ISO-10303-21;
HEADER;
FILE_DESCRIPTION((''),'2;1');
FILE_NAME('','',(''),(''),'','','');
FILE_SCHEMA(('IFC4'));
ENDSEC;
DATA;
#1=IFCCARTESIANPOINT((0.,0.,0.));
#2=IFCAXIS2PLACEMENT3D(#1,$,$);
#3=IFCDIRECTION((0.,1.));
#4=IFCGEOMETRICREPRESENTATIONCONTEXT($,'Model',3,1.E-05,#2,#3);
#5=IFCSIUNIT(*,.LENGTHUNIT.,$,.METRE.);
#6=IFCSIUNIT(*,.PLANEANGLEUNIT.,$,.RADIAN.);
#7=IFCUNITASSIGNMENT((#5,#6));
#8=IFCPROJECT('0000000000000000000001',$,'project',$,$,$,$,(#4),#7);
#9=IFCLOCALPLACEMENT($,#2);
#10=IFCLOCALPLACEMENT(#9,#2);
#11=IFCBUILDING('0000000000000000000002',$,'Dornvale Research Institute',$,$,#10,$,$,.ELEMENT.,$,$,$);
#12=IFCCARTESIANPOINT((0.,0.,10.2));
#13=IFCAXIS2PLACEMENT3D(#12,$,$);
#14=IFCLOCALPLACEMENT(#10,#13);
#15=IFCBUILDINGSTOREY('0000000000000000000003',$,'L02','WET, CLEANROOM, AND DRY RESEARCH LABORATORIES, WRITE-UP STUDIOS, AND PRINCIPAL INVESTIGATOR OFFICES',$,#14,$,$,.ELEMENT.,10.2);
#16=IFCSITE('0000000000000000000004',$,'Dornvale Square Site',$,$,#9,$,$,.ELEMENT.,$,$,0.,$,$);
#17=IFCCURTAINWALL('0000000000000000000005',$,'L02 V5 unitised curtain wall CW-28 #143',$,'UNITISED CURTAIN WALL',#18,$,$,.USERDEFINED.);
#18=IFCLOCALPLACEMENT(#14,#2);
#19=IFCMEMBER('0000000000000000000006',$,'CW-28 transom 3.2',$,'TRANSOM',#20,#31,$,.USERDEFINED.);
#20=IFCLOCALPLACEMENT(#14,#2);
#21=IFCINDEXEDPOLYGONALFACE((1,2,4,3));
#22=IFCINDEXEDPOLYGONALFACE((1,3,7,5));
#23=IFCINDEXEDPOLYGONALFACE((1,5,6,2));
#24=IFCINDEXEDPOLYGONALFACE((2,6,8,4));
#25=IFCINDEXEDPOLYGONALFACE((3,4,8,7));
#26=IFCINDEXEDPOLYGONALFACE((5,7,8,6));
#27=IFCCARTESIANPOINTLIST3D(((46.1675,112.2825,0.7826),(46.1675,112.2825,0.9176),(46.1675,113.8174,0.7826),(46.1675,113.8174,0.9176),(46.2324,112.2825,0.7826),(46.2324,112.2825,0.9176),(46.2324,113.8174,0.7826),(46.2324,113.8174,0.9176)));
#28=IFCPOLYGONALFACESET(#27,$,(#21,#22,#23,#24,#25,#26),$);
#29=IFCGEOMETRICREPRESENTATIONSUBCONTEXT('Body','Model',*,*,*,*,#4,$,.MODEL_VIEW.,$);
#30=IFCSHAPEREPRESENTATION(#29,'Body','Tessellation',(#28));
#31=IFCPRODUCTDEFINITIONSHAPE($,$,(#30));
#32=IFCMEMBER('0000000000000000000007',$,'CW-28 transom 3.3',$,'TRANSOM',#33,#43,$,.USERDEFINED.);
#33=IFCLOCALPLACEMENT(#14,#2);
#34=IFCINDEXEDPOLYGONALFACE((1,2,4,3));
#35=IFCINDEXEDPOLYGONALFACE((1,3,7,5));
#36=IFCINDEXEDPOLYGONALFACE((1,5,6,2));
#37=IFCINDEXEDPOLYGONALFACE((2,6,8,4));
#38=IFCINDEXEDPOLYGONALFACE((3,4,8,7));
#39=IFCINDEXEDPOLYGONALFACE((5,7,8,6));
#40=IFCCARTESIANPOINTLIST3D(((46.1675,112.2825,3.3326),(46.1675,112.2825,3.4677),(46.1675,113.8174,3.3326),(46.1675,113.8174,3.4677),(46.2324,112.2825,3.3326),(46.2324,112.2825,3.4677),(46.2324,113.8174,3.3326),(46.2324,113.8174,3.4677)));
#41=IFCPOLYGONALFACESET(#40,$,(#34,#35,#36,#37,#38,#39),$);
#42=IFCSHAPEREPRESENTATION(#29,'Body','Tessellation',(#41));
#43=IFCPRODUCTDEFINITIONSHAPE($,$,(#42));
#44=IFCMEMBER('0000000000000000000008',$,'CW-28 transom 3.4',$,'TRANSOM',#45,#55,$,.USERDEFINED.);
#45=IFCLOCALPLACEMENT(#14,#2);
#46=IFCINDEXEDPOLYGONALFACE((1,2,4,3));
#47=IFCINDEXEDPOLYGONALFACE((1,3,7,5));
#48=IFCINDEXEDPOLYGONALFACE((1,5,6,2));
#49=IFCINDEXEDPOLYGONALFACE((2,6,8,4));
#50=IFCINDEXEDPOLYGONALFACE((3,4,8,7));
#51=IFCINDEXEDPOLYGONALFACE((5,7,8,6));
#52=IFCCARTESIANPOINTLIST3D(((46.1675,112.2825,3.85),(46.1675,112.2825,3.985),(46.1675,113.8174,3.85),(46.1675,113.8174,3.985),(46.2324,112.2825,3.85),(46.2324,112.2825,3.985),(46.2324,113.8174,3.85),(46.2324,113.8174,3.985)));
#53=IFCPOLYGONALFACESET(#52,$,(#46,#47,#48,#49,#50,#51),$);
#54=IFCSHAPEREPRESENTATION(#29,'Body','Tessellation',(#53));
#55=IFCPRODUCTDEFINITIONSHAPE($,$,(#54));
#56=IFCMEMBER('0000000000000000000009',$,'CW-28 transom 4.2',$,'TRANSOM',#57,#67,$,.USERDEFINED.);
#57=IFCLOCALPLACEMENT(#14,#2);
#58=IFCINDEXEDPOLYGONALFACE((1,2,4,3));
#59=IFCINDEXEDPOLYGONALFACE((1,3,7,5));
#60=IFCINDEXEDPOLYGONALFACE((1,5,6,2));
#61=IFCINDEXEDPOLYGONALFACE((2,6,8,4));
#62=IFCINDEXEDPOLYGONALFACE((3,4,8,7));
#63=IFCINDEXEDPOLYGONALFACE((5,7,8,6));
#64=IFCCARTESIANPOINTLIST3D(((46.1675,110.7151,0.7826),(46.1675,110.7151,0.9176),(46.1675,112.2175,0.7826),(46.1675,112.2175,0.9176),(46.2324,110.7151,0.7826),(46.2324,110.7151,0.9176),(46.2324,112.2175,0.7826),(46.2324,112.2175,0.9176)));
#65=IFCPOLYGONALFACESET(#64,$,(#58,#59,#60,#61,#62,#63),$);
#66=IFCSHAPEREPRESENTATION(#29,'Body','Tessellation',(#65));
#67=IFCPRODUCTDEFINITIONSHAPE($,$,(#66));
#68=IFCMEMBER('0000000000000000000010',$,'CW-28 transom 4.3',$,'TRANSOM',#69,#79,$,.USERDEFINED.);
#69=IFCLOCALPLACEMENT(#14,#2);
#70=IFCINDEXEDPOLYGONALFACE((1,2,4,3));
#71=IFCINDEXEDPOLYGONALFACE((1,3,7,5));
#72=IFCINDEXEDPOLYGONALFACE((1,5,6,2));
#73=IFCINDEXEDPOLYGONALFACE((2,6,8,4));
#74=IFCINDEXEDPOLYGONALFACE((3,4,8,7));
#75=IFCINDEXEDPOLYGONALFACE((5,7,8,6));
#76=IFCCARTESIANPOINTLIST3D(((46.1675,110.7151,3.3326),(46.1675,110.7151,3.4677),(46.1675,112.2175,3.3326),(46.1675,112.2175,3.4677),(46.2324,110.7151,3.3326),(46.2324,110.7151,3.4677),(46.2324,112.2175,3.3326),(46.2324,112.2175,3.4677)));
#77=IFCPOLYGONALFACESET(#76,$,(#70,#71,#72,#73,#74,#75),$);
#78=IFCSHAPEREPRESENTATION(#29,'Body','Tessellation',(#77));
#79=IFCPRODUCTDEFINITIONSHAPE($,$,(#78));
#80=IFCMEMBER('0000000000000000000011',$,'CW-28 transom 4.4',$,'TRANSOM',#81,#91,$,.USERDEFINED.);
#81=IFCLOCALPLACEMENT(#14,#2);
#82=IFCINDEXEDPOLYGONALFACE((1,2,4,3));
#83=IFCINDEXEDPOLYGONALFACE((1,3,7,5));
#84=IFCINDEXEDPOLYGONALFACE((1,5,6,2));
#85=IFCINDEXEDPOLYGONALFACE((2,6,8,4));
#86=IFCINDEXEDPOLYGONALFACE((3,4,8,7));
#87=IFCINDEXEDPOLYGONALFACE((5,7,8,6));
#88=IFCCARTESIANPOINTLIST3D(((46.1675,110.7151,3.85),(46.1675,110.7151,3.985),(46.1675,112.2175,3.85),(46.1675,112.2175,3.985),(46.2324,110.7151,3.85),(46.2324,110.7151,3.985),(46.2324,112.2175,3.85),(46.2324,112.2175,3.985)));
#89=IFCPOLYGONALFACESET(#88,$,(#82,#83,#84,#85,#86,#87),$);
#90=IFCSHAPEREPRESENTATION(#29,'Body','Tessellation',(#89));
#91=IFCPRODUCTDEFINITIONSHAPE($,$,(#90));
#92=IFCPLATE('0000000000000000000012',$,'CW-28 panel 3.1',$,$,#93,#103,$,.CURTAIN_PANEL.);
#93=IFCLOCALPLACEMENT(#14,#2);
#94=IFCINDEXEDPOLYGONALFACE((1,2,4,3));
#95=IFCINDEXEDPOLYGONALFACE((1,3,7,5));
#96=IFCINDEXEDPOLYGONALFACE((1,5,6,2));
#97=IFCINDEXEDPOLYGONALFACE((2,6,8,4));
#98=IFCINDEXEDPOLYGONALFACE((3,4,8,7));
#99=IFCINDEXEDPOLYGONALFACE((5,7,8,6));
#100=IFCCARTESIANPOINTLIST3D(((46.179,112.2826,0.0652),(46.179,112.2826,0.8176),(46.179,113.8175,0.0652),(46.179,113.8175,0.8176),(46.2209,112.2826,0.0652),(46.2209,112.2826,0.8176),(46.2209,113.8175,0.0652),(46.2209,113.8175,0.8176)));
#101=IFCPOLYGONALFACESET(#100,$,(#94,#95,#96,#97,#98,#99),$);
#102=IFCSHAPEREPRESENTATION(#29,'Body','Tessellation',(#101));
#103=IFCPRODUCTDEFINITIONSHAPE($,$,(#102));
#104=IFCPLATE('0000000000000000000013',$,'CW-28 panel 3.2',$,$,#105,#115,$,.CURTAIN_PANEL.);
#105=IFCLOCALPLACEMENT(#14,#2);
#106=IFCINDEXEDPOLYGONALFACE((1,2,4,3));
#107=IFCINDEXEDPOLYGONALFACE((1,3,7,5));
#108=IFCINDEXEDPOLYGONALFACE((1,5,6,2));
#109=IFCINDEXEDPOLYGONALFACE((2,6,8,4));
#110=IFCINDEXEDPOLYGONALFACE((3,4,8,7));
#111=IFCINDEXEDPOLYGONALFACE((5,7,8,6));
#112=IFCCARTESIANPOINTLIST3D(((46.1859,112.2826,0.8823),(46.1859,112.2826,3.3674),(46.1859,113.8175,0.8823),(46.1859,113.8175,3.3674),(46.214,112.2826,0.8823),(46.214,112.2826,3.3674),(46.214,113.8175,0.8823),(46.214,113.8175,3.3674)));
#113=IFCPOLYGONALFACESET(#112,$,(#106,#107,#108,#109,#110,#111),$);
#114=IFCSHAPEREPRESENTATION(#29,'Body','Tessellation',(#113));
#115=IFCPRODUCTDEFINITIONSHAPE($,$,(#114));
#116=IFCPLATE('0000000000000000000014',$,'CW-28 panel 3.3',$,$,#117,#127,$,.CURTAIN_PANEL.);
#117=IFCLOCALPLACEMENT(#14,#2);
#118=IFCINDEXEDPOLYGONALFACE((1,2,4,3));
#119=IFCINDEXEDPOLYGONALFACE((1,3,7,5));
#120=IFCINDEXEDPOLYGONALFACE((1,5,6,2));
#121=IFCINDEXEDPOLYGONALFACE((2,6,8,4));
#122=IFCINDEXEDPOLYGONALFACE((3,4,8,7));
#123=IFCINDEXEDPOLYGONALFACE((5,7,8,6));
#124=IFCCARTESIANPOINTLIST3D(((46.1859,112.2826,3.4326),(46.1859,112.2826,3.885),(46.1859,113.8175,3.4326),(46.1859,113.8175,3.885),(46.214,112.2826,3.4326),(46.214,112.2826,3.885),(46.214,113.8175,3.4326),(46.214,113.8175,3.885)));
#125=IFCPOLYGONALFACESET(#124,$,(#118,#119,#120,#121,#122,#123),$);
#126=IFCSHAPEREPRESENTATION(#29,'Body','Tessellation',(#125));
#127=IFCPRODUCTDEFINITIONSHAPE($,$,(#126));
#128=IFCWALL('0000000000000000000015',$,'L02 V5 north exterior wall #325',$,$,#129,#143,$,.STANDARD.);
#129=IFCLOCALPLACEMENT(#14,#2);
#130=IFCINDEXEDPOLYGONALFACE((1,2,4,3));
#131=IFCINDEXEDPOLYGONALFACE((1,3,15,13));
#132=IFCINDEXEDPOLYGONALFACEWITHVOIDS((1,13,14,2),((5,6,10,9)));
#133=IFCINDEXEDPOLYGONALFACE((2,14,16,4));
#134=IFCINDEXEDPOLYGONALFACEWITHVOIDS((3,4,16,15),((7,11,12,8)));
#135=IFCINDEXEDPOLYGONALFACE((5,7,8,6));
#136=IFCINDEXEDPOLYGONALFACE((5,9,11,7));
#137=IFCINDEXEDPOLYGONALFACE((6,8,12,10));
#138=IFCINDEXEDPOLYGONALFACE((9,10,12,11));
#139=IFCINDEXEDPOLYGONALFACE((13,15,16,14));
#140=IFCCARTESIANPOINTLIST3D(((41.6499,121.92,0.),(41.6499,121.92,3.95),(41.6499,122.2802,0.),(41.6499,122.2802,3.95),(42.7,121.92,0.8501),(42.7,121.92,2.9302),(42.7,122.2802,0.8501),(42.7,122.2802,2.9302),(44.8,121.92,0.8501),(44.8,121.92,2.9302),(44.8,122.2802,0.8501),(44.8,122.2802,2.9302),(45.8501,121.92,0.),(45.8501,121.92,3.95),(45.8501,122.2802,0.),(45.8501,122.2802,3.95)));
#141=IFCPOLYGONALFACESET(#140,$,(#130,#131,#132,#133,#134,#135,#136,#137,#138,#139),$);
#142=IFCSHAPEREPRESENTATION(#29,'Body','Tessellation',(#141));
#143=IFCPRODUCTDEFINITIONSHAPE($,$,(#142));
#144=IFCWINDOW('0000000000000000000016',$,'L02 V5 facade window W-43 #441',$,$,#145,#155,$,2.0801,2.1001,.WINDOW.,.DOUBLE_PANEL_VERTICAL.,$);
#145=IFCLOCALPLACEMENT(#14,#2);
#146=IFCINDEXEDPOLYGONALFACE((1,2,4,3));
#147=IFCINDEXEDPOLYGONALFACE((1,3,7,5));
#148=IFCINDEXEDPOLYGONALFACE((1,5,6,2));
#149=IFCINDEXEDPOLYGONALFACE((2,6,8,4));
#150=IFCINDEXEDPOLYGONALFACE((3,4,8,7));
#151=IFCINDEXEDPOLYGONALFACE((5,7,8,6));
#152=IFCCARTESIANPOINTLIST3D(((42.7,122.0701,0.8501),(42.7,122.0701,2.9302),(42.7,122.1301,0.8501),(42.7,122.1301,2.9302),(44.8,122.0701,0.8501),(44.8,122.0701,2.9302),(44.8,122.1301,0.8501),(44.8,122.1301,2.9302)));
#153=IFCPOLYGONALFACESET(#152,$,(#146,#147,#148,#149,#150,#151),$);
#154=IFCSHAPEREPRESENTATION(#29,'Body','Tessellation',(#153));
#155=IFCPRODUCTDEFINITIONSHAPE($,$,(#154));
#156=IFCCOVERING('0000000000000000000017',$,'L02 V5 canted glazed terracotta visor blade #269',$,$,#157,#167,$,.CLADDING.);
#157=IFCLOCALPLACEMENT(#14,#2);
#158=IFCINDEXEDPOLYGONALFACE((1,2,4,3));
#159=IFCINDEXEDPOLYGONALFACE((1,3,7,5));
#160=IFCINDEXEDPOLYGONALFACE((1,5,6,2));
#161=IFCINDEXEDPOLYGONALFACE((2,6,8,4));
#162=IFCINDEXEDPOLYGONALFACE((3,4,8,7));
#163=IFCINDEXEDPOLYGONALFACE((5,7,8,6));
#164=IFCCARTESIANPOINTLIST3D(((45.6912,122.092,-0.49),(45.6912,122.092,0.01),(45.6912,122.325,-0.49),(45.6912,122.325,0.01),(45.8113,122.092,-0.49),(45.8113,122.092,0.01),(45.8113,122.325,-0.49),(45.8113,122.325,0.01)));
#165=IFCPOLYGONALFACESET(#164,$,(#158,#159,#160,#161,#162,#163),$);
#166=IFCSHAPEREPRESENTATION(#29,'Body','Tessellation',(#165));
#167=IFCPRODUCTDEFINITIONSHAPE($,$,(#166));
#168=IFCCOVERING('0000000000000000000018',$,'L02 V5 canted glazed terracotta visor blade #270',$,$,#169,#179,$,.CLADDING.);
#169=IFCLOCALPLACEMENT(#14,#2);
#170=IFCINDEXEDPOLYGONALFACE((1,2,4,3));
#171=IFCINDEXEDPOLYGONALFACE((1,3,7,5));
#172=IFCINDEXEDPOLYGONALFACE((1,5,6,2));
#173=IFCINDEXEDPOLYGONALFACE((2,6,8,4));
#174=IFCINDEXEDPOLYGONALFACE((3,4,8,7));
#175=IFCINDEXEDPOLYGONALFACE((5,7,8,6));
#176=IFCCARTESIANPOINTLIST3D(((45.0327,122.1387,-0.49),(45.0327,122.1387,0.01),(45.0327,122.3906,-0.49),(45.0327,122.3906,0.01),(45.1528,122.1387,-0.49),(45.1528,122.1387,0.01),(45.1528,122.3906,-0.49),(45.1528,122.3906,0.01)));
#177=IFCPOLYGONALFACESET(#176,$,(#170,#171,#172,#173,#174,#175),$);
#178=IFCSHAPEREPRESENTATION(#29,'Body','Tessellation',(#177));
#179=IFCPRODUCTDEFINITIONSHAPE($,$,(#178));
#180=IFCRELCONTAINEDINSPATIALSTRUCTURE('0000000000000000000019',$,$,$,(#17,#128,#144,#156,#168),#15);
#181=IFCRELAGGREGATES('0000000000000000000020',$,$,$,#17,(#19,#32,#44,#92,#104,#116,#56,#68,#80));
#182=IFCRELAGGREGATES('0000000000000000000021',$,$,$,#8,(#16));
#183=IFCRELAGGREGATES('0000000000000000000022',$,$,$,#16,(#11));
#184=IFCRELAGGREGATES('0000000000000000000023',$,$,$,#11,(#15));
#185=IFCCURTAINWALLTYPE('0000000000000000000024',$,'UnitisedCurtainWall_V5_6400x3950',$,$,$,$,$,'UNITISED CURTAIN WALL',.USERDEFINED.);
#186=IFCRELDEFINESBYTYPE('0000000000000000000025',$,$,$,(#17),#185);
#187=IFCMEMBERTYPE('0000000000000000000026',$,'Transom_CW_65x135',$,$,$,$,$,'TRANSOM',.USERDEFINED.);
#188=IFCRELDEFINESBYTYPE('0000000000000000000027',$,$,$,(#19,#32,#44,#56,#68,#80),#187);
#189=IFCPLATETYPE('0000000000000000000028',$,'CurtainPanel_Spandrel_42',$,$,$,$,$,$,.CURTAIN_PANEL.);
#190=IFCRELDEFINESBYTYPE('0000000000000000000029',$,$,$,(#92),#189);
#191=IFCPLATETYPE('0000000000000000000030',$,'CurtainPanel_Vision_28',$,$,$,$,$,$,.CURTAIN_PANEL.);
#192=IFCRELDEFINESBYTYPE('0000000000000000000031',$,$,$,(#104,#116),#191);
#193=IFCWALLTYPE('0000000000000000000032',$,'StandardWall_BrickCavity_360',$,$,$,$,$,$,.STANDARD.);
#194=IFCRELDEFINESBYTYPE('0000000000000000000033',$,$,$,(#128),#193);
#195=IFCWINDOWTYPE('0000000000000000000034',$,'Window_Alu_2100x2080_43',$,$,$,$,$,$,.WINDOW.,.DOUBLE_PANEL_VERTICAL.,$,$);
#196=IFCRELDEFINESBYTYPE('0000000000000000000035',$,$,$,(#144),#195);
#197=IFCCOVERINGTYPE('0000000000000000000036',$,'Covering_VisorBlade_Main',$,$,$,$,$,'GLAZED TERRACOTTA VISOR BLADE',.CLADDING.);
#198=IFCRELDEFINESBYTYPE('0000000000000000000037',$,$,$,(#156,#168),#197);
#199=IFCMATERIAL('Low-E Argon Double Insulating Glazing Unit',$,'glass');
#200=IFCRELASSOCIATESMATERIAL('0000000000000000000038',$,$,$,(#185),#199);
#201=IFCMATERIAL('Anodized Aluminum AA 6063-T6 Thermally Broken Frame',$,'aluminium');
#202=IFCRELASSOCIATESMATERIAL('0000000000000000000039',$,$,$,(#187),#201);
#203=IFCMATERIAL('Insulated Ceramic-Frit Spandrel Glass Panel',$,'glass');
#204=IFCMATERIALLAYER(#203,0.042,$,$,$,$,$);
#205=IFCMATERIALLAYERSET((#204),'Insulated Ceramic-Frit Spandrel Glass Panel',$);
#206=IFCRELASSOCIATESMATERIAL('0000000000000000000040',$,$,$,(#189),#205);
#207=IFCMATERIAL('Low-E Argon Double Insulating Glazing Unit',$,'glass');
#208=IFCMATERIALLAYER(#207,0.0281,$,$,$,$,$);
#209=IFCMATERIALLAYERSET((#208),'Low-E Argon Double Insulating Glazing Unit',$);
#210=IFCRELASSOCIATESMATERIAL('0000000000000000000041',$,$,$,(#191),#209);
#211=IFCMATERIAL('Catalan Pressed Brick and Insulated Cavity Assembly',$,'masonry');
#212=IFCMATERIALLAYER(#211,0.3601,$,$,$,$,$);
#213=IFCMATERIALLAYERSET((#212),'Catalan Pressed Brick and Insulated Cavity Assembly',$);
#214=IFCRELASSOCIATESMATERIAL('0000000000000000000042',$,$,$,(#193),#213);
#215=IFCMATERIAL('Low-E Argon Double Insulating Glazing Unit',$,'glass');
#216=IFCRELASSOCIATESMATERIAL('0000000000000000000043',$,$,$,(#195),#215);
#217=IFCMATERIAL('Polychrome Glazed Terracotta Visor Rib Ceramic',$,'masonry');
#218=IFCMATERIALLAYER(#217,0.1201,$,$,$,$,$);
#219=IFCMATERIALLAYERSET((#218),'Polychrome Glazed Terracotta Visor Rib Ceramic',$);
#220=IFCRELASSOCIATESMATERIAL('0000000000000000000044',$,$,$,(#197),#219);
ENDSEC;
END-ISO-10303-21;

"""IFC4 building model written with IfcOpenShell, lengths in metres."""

from ifc_helpers import new_model, si_unit, direction, frame, frame_2d, origin, origin_2d, place, context, subcontext, project, spatial, rectangle, extrude, material, layer, layer_set, material_profile, profile_set, type_object, element, fill, aggregate, save


model = new_model("IFC4")

# Units and contexts
model_context = context("Model", 3, precision=1e-05, world=origin(), true_north=direction((0.0, 1.0)))
body_context = subcontext(model_context, "Body", "Model", "MODEL_VIEW")
ifc_project = project(units=[si_unit("LENGTHUNIT", "METRE"), si_unit("PLANEANGLEUNIT", "RADIAN")], contexts=[model_context])

# Site, building, storey
site_placement = place(None, origin())
site = spatial("IfcSite", under=ifc_project, at=site_placement, Name="Dornvale Square Site", CompositionType="ELEMENT", RefElevation=0.0)
building_placement = place(site_placement, origin())
building = spatial("IfcBuilding", under=site, at=building_placement, Name="Dornvale Research Institute", CompositionType="ELEMENT")
storey_placement = place(building_placement, frame((0.0, 0.0, 10.2)))
storey = spatial("IfcBuildingStorey", under=building, at=storey_placement, Name="L02", Description="WET, CLEANROOM, AND DRY RESEARCH LABORATORIES, WRITE-UP STUDIOS, AND PRINCIPAL INVESTIGATOR OFFICES", CompositionType="ELEMENT", Elevation=10.2)

# Curtain wall
ifc_material_1 = material(Name="Low-E Argon Double Insulating Glazing Unit", Category="glass")
curtain_wall_type = type_object("IfcCurtainWallType", Name="UnitisedCurtainWall_V5_6400x3950", ElementType="UNITISED CURTAIN WALL", PredefinedType="USERDEFINED", material=ifc_material_1)
curtain_wall_placement = place(storey_placement, origin())
curtain_wall = element("IfcCurtainWall", 1, at=curtain_wall_placement, inside=storey, type_object=curtain_wall_type, Name="L02 V5 unitised curtain wall CW-28 #143", ObjectType="UNITISED CURTAIN WALL", PredefinedType="USERDEFINED")

# Members
ifc_material_2 = material(Name="Anodized Aluminum AA 6063-T6 Thermally Broken Frame", Category="aluminium")
ifc_material_profile_1 = material_profile(ifc_material_2, rectangle(XDim=0.0649, YDim=0.135, at=origin_2d()), Name="ALU TRANSOM 65x135")
ifc_profile_set_1 = profile_set([ifc_material_profile_1], Name="Anodized Aluminum AA 6063-T6 Thermally Broken Frame")
member_type_1 = type_object("IfcMemberType", Name="Transom_CW_65x135", ElementType="TRANSOM", PredefinedType="USERDEFINED", material=ifc_profile_set_1)
member_1_placement = place(storey_placement, frame((46.2, 113.8174, 0.8501), z_axis=(0.0, -1.0, 0.0), x_axis=(1.0, 0.0, 0.0)))
member_1 = element("IfcMember", 2, at=member_1_placement, type_object=member_type_1, Name="CW-28 transom 3.2", ObjectType="TRANSOM", PredefinedType="USERDEFINED", context=body_context, shape_type="SweptSolid", body=[
    extrude(rectangle(XDim=0.0649, YDim=0.135, at=origin_2d()), origin(), (0.0, 0.0, 1.0), 1.5349),
])
member_2_placement = place(storey_placement, frame((46.2, 113.8174, 3.4001), z_axis=(0.0, -1.0, 0.0), x_axis=(1.0, 0.0, 0.0)))
member_2 = element("IfcMember", 3, at=member_2_placement, type_object=member_type_1, Name="CW-28 transom 3.3", ObjectType="TRANSOM", PredefinedType="USERDEFINED", context=body_context, shape_type="SweptSolid", body=[
    extrude(rectangle(XDim=0.0649, YDim=0.135, at=origin_2d()), origin(), (0.0, 0.0, 1.0), 1.5349),
])
member_3_placement = place(storey_placement, frame((46.2, 113.8174, 3.9175), z_axis=(0.0, -1.0, 0.0), x_axis=(1.0, 0.0, 0.0)))
member_3 = element("IfcMember", 4, at=member_3_placement, type_object=member_type_1, Name="CW-28 transom 3.4", ObjectType="TRANSOM", PredefinedType="USERDEFINED", context=body_context, shape_type="SweptSolid", body=[
    extrude(rectangle(XDim=0.0649, YDim=0.135, at=origin_2d()), origin(), (0.0, 0.0, 1.0), 1.5349),
])
member_4_placement = place(storey_placement, frame((46.2, 112.2175, 0.8501), z_axis=(0.0, -1.0, 0.0), x_axis=(1.0, 0.0, 0.0)))
member_4 = element("IfcMember", 5, at=member_4_placement, type_object=member_type_1, Name="CW-28 transom 4.2", ObjectType="TRANSOM", PredefinedType="USERDEFINED", context=body_context, shape_type="SweptSolid", body=[
    extrude(rectangle(XDim=0.0649, YDim=0.135, at=origin_2d()), origin(), (0.0, 0.0, 1.0), 1.5024),
])
member_5_placement = place(storey_placement, frame((46.2, 112.2175, 3.4001), z_axis=(0.0, -1.0, 0.0), x_axis=(1.0, 0.0, 0.0)))
member_5 = element("IfcMember", 6, at=member_5_placement, type_object=member_type_1, Name="CW-28 transom 4.3", ObjectType="TRANSOM", PredefinedType="USERDEFINED", context=body_context, shape_type="SweptSolid", body=[
    extrude(rectangle(XDim=0.0649, YDim=0.135, at=origin_2d()), origin(), (0.0, 0.0, 1.0), 1.5024),
])
member_6_placement = place(storey_placement, frame((46.2, 112.2175, 3.9175), z_axis=(0.0, -1.0, 0.0), x_axis=(1.0, 0.0, 0.0)))
member_6 = element("IfcMember", 7, at=member_6_placement, type_object=member_type_1, Name="CW-28 transom 4.4", ObjectType="TRANSOM", PredefinedType="USERDEFINED", context=body_context, shape_type="SweptSolid", body=[
    extrude(rectangle(XDim=0.0649, YDim=0.135, at=origin_2d()), origin(), (0.0, 0.0, 1.0), 1.5024),
])

# Plates
ifc_material_3 = material(Name="Insulated Ceramic-Frit Spandrel Glass Panel", Category="glass")
ifc_layer_1 = layer(ifc_material_3, 0.042)
ifc_layer_set_1 = layer_set([ifc_layer_1], Name="Insulated Ceramic-Frit Spandrel Glass Panel")
plate_type_1 = type_object("IfcPlateType", Name="CurtainPanel_Spandrel_42", PredefinedType="CURTAIN_PANEL", material=ifc_layer_set_1)
plate_1_placement = place(storey_placement, frame((46.2, 113.05, 0.0652), z_axis=(0.0, 0.0, 1.0), x_axis=(0.0, -1.0, 0.0)))
plate_1 = element("IfcPlate", 8, at=plate_1_placement, type_object=plate_type_1, Name="CW-28 panel 3.1", PredefinedType="CURTAIN_PANEL", context=body_context, shape_type="SweptSolid", body=[
    extrude(rectangle(XDim=1.5349, YDim=0.042, at=origin_2d()), origin(), (0.0, 0.0, 1.0), 0.7524),
])
ifc_material_4 = material(Name="Low-E Argon Double Insulating Glazing Unit", Category="glass")
ifc_layer_2 = layer(ifc_material_4, 0.0281)
ifc_layer_set_2 = layer_set([ifc_layer_2], Name="Low-E Argon Double Insulating Glazing Unit")
plate_type_2 = type_object("IfcPlateType", Name="CurtainPanel_Vision_28", PredefinedType="CURTAIN_PANEL", material=ifc_layer_set_2)
plate_2_placement = place(storey_placement, frame((46.2, 113.05, 0.8823), z_axis=(0.0, 0.0, 1.0), x_axis=(0.0, -1.0, 0.0)))
plate_2 = element("IfcPlate", 9, at=plate_2_placement, type_object=plate_type_2, Name="CW-28 panel 3.2", PredefinedType="CURTAIN_PANEL", context=body_context, shape_type="SweptSolid", body=[
    extrude(rectangle(XDim=1.5349, YDim=0.0281, at=origin_2d()), origin(), (0.0, 0.0, 1.0), 2.4851),
])
plate_3_placement = place(storey_placement, frame((46.2, 113.05, 3.4326), z_axis=(0.0, 0.0, 1.0), x_axis=(0.0, -1.0, 0.0)))
plate_3 = element("IfcPlate", 10, at=plate_3_placement, type_object=plate_type_2, Name="CW-28 panel 3.3", PredefinedType="CURTAIN_PANEL", context=body_context, shape_type="SweptSolid", body=[
    extrude(rectangle(XDim=1.5349, YDim=0.0281, at=origin_2d()), origin(), (0.0, 0.0, 1.0), 0.4524),
])
aggregate(curtain_wall, [member_1, member_2, member_3, plate_1, plate_2, plate_3, member_4, member_5, member_6])

# Wall, opening, window
ifc_material_5 = material(Name="Catalan Pressed Brick and Insulated Cavity Assembly", Category="masonry")
ifc_layer_3 = layer(ifc_material_5, 0.3601)
ifc_layer_set_3 = layer_set([ifc_layer_3], Name="Catalan Pressed Brick and Insulated Cavity Assembly")
wall_type = type_object("IfcWallType", Name="StandardWall_BrickCavity_360", PredefinedType="STANDARD", material=ifc_layer_set_3)
wall_placement = place(storey_placement, frame((41.6499, 122.1001, 0.0), z_axis=(0.0, 0.0, 1.0), x_axis=(1.0, 0.0, 0.0)))
wall = element("IfcWall", 11, at=wall_placement, inside=storey, type_object=wall_type, Name="L02 V5 north exterior wall #325", PredefinedType="STANDARD", context=body_context, shape_type="SweptSolid", body=[
    extrude(rectangle(XDim=4.2002, YDim=0.3601, at=frame_2d((2.1001, 0.0))), origin(), (0.0, 0.0, 1.0), 3.95),
])
opening_placement = place(wall_placement, frame((1.05, 0.0, 0.8501)))
opening = element("IfcOpeningElement", 12, at=opening_placement, cuts=wall, PredefinedType="OPENING", context=body_context, shape_type="SweptSolid", body=[
    extrude(rectangle(XDim=2.1001, YDim=2.0801, at=frame_2d((1.05, 1.04))), frame((0.0, 0.1951, 0.0), z_axis=(0.0, -1.0, 0.0), x_axis=(1.0, 0.0, 0.0)), (0.0, 0.0, 1.0), 0.3901),
])
ifc_material_6 = material(Name="Low-E Argon Double Insulating Glazing Unit", Category="glass")
window_type = type_object("IfcWindowType", Name="Window_Alu_2100x2080_43", PartitioningType="DOUBLE_PANEL_VERTICAL", PredefinedType="WINDOW", material=ifc_material_6)
window_placement = place(opening_placement, origin())
window = element("IfcWindow", 13, at=window_placement, inside=storey, type_object=window_type, Name="L02 V5 facade window W-43 #441", OverallHeight=2.0801, OverallWidth=2.1001, PartitioningType="DOUBLE_PANEL_VERTICAL", PredefinedType="WINDOW", context=body_context, shape_type="SweptSolid", body=[
    extrude(rectangle(XDim=2.1001, YDim=2.0801, at=frame_2d((1.05, 1.04))), frame((0.0, 0.03, 0.0), z_axis=(0.0, -1.0, 0.0), x_axis=(1.0, 0.0, 0.0)), (0.0, 0.0, 1.0), 0.0601),
])
fill(opening, window)

# Coverings
ifc_material_7 = material(Name="Polychrome Glazed Terracotta Visor Rib Ceramic", Category="masonry")
ifc_layer_4 = layer(ifc_material_7, 0.1201)
ifc_layer_set_4 = layer_set([ifc_layer_4], Name="Polychrome Glazed Terracotta Visor Rib Ceramic")
covering_type = type_object("IfcCoveringType", Name="Covering_VisorBlade_Main", ElementType="GLAZED TERRACOTTA VISOR BLADE", PredefinedType="CLADDING", material=ifc_layer_set_4)
covering_1_placement = place(storey_placement, frame((45.7512, 122.2085, -0.49), z_axis=(0.0, 0.0, 1.0), x_axis=(0.0, 1.0, 0.0)))
element("IfcCovering", 14, at=covering_1_placement, inside=storey, type_object=covering_type, Name="L02 V5 canted glazed terracotta visor blade #269", PredefinedType="CLADDING", context=body_context, shape_type="SweptSolid", body=[
    extrude(rectangle(XDim=0.2329, YDim=0.1201, at=origin_2d()), origin(), (0.0, 0.0, 1.0), 0.5),
])
covering_2_placement = place(storey_placement, frame((45.0928, 122.2646, -0.49), z_axis=(0.0, 0.0, 1.0), x_axis=(0.0, 1.0, 0.0)))
element("IfcCovering", 15, at=covering_2_placement, inside=storey, type_object=covering_type, Name="L02 V5 canted glazed terracotta visor blade #270", PredefinedType="CLADDING", context=body_context, shape_type="SweptSolid", body=[
    extrude(rectangle(XDim=0.252, YDim=0.1201, at=origin_2d()), origin(), (0.0, 0.0, 1.0), 0.5),
])

save(model, "model.ifc")
